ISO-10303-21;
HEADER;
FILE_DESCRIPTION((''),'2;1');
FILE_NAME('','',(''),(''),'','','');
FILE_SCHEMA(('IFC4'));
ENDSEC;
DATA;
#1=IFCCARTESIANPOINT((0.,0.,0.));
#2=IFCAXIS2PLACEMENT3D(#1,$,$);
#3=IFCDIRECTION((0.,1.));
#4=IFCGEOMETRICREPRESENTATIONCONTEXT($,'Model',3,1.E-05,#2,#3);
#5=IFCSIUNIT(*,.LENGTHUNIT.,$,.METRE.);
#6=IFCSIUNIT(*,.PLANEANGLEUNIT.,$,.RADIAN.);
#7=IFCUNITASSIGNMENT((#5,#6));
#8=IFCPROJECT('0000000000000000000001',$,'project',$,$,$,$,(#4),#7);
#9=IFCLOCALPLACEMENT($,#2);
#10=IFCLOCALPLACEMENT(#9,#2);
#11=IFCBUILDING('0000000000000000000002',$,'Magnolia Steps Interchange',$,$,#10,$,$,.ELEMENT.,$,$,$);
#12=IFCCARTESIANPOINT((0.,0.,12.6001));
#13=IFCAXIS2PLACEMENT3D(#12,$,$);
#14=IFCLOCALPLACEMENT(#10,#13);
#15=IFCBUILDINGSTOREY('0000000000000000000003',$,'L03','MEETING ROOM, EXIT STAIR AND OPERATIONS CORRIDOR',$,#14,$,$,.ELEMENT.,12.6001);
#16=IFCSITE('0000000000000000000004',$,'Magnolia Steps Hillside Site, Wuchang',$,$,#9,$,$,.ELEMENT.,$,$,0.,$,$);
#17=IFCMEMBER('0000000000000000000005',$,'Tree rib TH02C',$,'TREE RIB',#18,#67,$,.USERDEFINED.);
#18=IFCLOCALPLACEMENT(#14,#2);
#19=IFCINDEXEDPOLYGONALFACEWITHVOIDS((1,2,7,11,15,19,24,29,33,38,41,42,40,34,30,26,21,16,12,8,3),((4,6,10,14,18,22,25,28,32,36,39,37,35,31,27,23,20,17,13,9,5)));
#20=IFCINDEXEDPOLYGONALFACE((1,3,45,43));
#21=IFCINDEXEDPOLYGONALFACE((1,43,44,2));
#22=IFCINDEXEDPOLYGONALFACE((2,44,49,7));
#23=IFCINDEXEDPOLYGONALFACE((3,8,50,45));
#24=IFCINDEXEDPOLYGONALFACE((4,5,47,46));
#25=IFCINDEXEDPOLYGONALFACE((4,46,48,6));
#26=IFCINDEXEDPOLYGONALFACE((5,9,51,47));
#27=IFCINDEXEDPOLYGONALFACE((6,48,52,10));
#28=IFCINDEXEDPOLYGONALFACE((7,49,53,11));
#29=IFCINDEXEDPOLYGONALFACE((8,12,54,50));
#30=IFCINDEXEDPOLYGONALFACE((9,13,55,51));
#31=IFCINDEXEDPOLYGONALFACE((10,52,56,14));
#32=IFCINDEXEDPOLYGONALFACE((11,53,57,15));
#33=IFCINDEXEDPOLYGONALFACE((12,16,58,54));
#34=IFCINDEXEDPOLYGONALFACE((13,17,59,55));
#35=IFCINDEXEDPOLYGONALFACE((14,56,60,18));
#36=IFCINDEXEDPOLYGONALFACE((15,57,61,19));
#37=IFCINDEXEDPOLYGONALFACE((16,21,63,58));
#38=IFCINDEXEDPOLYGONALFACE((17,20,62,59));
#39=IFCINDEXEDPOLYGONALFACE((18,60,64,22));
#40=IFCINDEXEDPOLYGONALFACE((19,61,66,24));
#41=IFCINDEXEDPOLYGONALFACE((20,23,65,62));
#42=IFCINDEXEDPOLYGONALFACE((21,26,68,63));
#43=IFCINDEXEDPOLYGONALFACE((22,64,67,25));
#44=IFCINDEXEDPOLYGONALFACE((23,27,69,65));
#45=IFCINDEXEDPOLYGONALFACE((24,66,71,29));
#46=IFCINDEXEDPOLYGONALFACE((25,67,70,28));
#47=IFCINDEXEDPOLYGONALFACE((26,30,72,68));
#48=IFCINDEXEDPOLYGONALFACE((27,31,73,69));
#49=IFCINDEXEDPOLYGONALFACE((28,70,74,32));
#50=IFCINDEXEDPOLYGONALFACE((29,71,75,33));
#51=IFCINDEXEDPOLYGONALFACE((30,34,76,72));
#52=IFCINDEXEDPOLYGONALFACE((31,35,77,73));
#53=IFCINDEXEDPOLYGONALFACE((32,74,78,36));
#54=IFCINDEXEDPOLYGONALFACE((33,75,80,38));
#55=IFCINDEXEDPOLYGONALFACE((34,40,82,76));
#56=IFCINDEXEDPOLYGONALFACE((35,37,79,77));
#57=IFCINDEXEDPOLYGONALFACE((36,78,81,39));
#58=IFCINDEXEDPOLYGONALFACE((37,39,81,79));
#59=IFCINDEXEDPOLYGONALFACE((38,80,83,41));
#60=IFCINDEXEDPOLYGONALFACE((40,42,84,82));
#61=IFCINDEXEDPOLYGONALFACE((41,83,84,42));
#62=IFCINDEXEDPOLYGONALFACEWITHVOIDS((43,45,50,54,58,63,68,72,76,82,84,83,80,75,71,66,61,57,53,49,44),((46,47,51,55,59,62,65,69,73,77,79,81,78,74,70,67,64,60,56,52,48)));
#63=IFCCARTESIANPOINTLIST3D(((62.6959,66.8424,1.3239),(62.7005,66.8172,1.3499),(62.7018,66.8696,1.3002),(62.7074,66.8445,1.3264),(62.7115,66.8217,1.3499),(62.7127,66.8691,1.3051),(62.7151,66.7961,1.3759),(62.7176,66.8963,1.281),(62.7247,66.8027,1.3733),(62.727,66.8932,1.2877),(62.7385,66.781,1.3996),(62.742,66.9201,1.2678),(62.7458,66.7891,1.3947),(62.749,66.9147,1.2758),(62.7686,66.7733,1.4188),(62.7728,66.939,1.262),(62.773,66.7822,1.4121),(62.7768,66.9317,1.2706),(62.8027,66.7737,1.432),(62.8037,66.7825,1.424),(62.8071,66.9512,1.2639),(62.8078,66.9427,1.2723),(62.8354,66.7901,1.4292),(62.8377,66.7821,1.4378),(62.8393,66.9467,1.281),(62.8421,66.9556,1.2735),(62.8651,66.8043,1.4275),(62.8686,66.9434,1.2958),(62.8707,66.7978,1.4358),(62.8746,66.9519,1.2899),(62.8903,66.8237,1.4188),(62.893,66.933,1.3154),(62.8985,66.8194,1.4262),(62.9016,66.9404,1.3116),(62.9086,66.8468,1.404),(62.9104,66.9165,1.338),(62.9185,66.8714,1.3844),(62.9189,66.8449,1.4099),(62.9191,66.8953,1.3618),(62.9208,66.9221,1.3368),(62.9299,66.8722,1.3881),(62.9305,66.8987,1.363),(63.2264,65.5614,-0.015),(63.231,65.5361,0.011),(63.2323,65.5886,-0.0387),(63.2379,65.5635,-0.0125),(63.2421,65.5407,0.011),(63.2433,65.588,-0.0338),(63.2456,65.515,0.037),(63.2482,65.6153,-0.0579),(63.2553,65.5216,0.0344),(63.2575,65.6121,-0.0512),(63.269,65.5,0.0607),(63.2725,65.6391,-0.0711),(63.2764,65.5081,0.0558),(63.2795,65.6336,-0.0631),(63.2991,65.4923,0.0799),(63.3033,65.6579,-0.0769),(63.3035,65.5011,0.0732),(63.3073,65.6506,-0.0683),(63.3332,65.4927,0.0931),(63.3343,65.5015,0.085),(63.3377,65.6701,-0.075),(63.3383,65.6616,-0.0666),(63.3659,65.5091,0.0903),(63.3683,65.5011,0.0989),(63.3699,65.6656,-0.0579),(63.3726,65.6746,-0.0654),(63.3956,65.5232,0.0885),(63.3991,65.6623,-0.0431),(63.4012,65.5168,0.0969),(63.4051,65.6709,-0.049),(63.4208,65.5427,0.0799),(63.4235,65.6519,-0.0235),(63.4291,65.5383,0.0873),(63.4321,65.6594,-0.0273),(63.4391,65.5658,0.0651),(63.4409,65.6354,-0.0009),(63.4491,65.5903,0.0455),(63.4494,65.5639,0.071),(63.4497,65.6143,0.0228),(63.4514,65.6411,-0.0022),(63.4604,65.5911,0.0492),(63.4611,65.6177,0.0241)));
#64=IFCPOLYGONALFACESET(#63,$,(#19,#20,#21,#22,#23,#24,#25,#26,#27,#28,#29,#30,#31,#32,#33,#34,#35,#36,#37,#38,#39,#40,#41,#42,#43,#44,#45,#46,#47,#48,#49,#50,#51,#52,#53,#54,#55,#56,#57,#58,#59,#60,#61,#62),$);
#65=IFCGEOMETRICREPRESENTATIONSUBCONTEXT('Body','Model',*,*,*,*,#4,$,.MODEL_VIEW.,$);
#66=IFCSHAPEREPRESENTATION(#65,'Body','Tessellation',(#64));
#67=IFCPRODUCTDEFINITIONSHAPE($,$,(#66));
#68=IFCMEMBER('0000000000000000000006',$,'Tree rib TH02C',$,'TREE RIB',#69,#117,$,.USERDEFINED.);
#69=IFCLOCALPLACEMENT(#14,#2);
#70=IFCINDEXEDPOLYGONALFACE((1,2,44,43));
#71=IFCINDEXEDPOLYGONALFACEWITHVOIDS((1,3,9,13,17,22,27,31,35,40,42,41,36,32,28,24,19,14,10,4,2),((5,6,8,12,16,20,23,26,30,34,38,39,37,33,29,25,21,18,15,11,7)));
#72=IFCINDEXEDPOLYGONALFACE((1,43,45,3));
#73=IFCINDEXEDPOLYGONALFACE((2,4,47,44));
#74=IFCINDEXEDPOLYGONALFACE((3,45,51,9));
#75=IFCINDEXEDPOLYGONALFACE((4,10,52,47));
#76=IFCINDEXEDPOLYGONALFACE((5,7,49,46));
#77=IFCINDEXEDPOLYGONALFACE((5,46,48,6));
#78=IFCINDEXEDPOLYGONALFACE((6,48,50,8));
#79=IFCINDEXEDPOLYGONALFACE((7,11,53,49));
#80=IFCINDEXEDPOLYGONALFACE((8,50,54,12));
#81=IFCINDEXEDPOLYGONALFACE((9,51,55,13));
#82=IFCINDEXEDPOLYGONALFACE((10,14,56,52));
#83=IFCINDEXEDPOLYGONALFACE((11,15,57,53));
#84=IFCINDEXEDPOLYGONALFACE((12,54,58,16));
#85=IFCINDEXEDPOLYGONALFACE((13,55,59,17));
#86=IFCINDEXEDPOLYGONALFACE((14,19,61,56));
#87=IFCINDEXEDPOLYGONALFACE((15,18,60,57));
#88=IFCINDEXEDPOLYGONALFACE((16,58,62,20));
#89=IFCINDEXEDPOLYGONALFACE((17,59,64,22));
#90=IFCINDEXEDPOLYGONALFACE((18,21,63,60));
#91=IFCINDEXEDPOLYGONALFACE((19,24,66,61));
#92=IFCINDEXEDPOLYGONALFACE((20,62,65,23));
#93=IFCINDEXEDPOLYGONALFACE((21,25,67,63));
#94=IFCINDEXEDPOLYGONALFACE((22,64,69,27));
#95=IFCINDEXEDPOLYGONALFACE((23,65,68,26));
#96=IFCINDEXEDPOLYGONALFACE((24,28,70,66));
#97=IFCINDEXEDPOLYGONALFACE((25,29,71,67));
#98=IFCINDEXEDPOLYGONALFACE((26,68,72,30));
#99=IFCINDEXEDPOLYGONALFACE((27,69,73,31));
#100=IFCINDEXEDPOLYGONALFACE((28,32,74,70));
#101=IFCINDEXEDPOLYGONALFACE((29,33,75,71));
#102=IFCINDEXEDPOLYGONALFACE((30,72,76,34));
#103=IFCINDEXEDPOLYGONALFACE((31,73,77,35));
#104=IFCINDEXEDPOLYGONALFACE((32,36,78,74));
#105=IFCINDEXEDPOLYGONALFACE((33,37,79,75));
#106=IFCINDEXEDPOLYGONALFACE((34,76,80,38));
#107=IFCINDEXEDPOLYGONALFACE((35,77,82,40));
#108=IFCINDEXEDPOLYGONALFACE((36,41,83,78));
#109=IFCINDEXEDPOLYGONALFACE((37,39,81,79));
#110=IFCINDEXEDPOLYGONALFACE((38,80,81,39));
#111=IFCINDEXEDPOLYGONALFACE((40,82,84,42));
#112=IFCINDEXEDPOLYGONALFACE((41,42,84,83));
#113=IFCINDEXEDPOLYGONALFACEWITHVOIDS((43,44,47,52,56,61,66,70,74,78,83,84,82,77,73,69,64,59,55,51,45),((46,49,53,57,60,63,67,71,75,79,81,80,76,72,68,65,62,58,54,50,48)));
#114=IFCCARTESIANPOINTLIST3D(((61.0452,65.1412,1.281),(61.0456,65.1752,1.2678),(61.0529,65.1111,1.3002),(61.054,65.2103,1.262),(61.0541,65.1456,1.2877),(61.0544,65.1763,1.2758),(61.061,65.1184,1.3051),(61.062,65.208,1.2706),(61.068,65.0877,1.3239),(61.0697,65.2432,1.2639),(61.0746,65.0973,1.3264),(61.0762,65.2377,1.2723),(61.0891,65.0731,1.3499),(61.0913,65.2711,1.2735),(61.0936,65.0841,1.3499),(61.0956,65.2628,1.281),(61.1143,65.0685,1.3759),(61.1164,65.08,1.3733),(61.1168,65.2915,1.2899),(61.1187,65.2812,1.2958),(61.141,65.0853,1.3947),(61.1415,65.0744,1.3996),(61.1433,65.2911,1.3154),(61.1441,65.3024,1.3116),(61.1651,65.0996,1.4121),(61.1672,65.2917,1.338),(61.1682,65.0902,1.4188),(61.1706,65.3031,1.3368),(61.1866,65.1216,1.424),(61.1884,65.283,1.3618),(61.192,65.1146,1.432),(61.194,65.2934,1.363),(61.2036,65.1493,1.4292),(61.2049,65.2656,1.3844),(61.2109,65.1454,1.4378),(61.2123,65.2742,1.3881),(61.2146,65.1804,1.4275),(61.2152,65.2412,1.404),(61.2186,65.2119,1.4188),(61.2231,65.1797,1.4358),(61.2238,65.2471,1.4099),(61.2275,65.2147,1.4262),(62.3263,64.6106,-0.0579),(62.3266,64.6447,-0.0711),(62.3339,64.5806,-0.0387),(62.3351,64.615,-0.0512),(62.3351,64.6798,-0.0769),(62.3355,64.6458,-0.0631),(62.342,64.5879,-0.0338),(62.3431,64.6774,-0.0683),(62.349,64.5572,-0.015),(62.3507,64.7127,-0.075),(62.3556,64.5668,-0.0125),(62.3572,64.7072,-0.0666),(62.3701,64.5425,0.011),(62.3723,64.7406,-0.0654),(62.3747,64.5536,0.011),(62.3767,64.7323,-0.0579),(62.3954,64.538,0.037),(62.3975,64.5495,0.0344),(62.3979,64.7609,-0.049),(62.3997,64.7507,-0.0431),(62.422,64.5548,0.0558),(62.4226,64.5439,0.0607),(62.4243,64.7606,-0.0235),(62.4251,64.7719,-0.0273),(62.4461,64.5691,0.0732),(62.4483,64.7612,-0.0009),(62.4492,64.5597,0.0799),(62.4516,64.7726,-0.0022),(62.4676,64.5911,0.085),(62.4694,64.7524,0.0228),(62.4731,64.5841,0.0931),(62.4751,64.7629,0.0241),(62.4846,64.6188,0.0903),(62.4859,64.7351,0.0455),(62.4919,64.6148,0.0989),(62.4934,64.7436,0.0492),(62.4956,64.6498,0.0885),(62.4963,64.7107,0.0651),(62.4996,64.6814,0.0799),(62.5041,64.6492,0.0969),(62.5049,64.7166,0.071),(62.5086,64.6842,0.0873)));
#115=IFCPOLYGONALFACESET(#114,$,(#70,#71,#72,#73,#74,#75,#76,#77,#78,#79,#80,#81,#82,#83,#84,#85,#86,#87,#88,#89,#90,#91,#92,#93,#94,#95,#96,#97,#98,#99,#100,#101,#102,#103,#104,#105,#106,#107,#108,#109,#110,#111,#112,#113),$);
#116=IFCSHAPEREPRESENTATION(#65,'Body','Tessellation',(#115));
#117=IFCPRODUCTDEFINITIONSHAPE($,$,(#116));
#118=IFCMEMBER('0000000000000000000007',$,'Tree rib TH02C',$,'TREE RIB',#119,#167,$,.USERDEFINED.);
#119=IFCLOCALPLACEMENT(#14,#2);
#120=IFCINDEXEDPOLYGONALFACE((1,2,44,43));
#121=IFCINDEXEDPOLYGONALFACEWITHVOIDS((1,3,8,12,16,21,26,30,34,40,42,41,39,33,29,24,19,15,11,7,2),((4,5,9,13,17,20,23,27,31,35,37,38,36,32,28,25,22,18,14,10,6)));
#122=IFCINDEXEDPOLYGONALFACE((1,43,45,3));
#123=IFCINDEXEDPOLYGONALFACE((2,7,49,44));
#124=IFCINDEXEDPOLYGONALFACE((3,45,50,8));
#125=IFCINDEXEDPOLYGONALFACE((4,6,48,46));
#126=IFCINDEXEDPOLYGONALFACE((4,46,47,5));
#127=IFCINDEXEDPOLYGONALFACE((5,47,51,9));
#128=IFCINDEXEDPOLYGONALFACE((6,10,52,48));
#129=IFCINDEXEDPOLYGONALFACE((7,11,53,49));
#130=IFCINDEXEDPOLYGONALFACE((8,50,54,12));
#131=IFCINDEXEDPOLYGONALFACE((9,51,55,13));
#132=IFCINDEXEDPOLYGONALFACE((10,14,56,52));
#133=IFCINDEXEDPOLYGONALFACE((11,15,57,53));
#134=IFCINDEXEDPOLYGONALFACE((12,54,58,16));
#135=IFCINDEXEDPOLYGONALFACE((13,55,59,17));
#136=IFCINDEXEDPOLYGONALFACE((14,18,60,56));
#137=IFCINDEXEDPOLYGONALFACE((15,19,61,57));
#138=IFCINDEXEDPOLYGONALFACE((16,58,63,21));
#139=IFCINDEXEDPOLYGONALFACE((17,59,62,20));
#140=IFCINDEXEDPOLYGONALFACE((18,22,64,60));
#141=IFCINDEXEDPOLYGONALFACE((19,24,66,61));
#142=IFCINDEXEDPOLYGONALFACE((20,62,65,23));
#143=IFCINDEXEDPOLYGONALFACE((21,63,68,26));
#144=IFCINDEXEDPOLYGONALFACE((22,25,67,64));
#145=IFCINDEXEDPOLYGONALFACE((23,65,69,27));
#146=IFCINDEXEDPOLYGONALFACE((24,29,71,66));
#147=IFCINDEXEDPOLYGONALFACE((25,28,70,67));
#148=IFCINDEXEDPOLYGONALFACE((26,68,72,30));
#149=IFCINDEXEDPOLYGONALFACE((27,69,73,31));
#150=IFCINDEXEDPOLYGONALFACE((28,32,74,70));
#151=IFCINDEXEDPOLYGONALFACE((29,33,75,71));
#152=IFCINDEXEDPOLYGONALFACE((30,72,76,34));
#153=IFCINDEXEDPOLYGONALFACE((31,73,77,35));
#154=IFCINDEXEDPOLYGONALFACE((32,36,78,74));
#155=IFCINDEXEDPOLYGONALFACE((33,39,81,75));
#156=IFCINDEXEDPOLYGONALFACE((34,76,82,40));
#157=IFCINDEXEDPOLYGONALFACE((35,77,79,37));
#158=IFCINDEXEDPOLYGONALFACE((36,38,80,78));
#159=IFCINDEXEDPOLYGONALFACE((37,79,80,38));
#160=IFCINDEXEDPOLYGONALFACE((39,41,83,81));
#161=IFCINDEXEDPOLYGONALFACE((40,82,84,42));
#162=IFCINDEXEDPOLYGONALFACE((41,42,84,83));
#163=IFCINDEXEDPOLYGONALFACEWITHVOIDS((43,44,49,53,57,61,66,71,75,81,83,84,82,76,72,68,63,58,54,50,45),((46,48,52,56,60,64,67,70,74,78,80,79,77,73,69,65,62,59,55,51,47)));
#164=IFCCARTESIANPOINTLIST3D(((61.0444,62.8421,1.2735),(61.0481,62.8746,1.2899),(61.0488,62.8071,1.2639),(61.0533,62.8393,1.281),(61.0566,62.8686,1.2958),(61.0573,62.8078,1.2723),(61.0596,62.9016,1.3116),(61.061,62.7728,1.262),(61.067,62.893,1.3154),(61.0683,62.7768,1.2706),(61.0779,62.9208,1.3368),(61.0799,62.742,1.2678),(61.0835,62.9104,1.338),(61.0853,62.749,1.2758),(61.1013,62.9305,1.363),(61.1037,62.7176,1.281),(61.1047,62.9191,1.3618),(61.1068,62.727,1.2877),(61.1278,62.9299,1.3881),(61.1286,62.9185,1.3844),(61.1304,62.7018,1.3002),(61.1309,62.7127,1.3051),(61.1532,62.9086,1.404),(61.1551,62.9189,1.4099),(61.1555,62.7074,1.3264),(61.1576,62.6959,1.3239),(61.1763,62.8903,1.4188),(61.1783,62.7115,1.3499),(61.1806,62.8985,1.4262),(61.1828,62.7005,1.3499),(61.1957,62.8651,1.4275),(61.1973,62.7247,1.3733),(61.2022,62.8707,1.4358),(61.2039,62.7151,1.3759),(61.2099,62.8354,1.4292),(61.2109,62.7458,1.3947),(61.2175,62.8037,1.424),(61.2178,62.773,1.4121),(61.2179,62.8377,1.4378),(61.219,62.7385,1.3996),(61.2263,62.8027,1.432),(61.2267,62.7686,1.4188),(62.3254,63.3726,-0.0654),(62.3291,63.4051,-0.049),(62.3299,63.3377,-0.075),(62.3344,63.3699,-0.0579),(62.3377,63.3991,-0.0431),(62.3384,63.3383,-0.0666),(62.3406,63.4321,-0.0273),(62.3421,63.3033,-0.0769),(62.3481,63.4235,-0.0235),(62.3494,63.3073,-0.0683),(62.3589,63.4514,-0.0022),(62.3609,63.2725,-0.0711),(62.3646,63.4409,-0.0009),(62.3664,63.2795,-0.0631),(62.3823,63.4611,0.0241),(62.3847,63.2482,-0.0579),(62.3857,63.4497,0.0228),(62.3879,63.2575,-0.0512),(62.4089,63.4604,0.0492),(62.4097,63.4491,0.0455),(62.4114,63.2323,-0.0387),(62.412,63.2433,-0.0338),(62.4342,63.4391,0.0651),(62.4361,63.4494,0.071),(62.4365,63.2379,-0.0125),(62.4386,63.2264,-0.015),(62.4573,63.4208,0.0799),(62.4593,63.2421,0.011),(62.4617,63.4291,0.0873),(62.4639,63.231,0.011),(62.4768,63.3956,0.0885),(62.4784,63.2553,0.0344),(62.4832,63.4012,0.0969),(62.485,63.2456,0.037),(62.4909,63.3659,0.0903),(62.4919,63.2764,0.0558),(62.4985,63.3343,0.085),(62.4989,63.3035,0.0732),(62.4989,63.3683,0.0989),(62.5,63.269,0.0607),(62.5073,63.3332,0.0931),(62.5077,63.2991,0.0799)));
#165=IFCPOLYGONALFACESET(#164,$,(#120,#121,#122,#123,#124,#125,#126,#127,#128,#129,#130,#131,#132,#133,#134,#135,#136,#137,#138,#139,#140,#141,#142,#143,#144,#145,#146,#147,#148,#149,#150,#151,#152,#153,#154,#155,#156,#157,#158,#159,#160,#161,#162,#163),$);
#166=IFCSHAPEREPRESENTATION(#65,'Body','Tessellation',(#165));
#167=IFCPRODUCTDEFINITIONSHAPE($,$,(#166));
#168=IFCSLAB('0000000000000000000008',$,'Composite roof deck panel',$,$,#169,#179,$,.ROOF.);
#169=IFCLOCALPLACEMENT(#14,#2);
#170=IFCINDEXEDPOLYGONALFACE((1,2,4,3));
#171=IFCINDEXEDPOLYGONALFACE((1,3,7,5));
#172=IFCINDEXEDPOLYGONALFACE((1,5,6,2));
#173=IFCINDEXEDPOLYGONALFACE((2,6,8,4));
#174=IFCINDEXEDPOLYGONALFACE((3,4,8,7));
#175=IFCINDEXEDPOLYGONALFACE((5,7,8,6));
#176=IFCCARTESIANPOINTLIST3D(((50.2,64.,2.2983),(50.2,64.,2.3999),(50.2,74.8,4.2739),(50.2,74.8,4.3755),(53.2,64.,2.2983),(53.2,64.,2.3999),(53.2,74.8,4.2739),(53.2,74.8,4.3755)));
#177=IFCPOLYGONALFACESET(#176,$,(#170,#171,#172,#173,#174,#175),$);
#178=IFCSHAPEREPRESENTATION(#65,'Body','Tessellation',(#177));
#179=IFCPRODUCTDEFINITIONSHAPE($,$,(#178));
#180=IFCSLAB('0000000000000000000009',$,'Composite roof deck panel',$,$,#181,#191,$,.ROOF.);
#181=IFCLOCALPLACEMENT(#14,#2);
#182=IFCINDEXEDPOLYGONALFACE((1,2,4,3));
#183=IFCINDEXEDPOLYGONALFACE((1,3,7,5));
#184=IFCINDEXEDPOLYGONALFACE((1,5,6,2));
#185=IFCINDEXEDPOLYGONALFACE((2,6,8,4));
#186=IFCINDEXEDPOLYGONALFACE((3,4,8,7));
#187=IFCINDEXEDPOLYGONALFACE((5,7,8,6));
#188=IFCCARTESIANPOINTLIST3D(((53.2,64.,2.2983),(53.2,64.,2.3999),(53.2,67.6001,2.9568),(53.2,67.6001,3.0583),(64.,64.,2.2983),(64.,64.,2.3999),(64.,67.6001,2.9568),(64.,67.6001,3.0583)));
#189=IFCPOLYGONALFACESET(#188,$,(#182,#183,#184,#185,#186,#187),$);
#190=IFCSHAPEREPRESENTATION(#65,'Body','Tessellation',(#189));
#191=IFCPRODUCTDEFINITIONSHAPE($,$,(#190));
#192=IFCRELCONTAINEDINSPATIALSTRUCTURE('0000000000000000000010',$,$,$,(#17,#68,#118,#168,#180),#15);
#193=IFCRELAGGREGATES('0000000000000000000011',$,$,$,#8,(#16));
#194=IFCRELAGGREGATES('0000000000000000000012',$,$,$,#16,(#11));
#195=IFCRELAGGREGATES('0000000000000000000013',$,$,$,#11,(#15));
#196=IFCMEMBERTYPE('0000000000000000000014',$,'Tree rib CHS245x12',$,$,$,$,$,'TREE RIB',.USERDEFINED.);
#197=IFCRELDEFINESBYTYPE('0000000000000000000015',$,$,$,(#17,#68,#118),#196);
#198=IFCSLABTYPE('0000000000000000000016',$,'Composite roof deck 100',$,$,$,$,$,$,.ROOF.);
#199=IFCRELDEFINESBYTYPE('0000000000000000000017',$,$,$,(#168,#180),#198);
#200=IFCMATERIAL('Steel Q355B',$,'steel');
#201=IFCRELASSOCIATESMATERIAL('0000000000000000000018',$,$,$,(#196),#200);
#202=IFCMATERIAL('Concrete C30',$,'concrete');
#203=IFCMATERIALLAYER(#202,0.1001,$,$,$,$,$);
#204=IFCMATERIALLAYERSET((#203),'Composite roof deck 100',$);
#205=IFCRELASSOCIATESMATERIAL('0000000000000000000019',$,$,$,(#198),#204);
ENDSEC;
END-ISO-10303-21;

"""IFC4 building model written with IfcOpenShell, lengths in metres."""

from ifc_helpers import new_model, si_unit, direction, frame, origin, origin_2d, place, context, subcontext, project, spatial, polyline, hollow_circle, outline, extrude, material, layer, layer_set, material_profile, profile_set, type_object, element, save


model = new_model("IFC4")

# Units and contexts
model_context = context("Model", 3, precision=1e-05, world=origin(), true_north=direction((0.0, 1.0)))
body_context = subcontext(model_context, "Body", "Model", "MODEL_VIEW")
ifc_project = project(units=[si_unit("LENGTHUNIT", "METRE"), si_unit("PLANEANGLEUNIT", "RADIAN")], contexts=[model_context])

# Site, building, storey
site_placement = place(None, origin())
site = spatial("IfcSite", under=ifc_project, at=site_placement, Name="Magnolia Steps Hillside Site, Wuchang", CompositionType="ELEMENT", RefElevation=0.0)
building_placement = place(site_placement, origin())
building = spatial("IfcBuilding", under=site, at=building_placement, Name="Magnolia Steps Interchange", CompositionType="ELEMENT")
storey_placement = place(building_placement, frame((0.0, 0.0, 12.6001)))
storey = spatial("IfcBuildingStorey", under=building, at=storey_placement, Name="L03", Description="MEETING ROOM, EXIT STAIR AND OPERATIONS CORRIDOR", CompositionType="ELEMENT", Elevation=12.6001)

# Members
ifc_material_1 = material(Name="Steel Q355B", Category="steel")
ifc_material_profile_1 = material_profile(ifc_material_1, hollow_circle(Radius=0.1226, WallThickness=0.012, at=origin_2d()), Name="CHS245x12")
ifc_profile_set_1 = profile_set([ifc_material_profile_1], Name="Steel Q355B")
member_type = type_object("IfcMemberType", Name="Tree rib CHS245x12", ElementType="TREE RIB", PredefinedType="USERDEFINED", material=ifc_profile_set_1)
for number, where, z_axis, x_axis, name in (
    (1, (63.3442, 65.583, 0.011), (-0.275246, 0.664618, 0.694638), (-0.923903, -0.382627, 0.0), "Tree rib TH02C"),
    (2, (62.417, 64.6558, 0.011), (-0.664618, 0.275246, 0.694638), (-0.382627, -0.923903, 0.0), "Tree rib TH02C"),
    (3, (62.417, 63.3442, 0.011), (-0.664618, -0.275246, 0.694638), (0.382627, -0.923903, 0.0), "Tree rib TH02C"),
):
    element("IfcMember", number, at=place(storey_placement, frame(where, z_axis=z_axis, x_axis=x_axis)), inside=storey, type_object=member_type, Name=name, ObjectType="TREE RIB", PredefinedType="USERDEFINED", context=body_context, shape_type="SweptSolid", body=[
        extrude(hollow_circle(Radius=0.1226, WallThickness=0.012, at=origin_2d()), origin(), (0.0, 0.0, 1.0), 1.9275),
    ])

# Slabs
ifc_material_2 = material(Name="Concrete C30", Category="concrete")
ifc_layer_1 = layer(ifc_material_2, 0.1001)
ifc_layer_set_1 = layer_set([ifc_layer_1], Name="Composite roof deck 100")
slab_type = type_object("IfcSlabType", Name="Composite roof deck 100", PredefinedType="ROOF", material=ifc_layer_set_1)
slab_1_placement = place(storey_placement, frame((50.2, 64.0, 2.3999), z_axis=(0.0, -0.179938, 0.983678), x_axis=(1.0, 0.0, 0.0)))
element("IfcSlab", 4, at=slab_1_placement, inside=storey, type_object=slab_type, Name="Composite roof deck panel", PredefinedType="ROOF", context=body_context, shape_type="SweptSolid", body=[
    extrude(outline(polyline([(0.0, 0.0), (3.0, 0.0), (3.0, 10.9793), (0.0, 10.9793), (0.0, 0.0)])), origin(), (0.0, -0.179938, -0.983678), 0.1016),
])
slab_2_placement = place(storey_placement, frame((64.0, 64.0, 2.3999), z_axis=(0.0, -0.179913, 0.983683), x_axis=(0.0, 0.983683, 0.179913)))
element("IfcSlab", 5, at=slab_2_placement, inside=storey, type_object=slab_type, Name="Composite roof deck panel", PredefinedType="ROOF", context=body_context, shape_type="SweptSolid", body=[
    extrude(outline(polyline([(0.0, 0.0), (3.6598, 0.0), (3.6598, 10.8), (0.0, 10.8), (0.0, 0.0)])), origin(), (-0.179913, 0.0, -0.983683), 0.1016),
])

save(model, "model.ifc")
